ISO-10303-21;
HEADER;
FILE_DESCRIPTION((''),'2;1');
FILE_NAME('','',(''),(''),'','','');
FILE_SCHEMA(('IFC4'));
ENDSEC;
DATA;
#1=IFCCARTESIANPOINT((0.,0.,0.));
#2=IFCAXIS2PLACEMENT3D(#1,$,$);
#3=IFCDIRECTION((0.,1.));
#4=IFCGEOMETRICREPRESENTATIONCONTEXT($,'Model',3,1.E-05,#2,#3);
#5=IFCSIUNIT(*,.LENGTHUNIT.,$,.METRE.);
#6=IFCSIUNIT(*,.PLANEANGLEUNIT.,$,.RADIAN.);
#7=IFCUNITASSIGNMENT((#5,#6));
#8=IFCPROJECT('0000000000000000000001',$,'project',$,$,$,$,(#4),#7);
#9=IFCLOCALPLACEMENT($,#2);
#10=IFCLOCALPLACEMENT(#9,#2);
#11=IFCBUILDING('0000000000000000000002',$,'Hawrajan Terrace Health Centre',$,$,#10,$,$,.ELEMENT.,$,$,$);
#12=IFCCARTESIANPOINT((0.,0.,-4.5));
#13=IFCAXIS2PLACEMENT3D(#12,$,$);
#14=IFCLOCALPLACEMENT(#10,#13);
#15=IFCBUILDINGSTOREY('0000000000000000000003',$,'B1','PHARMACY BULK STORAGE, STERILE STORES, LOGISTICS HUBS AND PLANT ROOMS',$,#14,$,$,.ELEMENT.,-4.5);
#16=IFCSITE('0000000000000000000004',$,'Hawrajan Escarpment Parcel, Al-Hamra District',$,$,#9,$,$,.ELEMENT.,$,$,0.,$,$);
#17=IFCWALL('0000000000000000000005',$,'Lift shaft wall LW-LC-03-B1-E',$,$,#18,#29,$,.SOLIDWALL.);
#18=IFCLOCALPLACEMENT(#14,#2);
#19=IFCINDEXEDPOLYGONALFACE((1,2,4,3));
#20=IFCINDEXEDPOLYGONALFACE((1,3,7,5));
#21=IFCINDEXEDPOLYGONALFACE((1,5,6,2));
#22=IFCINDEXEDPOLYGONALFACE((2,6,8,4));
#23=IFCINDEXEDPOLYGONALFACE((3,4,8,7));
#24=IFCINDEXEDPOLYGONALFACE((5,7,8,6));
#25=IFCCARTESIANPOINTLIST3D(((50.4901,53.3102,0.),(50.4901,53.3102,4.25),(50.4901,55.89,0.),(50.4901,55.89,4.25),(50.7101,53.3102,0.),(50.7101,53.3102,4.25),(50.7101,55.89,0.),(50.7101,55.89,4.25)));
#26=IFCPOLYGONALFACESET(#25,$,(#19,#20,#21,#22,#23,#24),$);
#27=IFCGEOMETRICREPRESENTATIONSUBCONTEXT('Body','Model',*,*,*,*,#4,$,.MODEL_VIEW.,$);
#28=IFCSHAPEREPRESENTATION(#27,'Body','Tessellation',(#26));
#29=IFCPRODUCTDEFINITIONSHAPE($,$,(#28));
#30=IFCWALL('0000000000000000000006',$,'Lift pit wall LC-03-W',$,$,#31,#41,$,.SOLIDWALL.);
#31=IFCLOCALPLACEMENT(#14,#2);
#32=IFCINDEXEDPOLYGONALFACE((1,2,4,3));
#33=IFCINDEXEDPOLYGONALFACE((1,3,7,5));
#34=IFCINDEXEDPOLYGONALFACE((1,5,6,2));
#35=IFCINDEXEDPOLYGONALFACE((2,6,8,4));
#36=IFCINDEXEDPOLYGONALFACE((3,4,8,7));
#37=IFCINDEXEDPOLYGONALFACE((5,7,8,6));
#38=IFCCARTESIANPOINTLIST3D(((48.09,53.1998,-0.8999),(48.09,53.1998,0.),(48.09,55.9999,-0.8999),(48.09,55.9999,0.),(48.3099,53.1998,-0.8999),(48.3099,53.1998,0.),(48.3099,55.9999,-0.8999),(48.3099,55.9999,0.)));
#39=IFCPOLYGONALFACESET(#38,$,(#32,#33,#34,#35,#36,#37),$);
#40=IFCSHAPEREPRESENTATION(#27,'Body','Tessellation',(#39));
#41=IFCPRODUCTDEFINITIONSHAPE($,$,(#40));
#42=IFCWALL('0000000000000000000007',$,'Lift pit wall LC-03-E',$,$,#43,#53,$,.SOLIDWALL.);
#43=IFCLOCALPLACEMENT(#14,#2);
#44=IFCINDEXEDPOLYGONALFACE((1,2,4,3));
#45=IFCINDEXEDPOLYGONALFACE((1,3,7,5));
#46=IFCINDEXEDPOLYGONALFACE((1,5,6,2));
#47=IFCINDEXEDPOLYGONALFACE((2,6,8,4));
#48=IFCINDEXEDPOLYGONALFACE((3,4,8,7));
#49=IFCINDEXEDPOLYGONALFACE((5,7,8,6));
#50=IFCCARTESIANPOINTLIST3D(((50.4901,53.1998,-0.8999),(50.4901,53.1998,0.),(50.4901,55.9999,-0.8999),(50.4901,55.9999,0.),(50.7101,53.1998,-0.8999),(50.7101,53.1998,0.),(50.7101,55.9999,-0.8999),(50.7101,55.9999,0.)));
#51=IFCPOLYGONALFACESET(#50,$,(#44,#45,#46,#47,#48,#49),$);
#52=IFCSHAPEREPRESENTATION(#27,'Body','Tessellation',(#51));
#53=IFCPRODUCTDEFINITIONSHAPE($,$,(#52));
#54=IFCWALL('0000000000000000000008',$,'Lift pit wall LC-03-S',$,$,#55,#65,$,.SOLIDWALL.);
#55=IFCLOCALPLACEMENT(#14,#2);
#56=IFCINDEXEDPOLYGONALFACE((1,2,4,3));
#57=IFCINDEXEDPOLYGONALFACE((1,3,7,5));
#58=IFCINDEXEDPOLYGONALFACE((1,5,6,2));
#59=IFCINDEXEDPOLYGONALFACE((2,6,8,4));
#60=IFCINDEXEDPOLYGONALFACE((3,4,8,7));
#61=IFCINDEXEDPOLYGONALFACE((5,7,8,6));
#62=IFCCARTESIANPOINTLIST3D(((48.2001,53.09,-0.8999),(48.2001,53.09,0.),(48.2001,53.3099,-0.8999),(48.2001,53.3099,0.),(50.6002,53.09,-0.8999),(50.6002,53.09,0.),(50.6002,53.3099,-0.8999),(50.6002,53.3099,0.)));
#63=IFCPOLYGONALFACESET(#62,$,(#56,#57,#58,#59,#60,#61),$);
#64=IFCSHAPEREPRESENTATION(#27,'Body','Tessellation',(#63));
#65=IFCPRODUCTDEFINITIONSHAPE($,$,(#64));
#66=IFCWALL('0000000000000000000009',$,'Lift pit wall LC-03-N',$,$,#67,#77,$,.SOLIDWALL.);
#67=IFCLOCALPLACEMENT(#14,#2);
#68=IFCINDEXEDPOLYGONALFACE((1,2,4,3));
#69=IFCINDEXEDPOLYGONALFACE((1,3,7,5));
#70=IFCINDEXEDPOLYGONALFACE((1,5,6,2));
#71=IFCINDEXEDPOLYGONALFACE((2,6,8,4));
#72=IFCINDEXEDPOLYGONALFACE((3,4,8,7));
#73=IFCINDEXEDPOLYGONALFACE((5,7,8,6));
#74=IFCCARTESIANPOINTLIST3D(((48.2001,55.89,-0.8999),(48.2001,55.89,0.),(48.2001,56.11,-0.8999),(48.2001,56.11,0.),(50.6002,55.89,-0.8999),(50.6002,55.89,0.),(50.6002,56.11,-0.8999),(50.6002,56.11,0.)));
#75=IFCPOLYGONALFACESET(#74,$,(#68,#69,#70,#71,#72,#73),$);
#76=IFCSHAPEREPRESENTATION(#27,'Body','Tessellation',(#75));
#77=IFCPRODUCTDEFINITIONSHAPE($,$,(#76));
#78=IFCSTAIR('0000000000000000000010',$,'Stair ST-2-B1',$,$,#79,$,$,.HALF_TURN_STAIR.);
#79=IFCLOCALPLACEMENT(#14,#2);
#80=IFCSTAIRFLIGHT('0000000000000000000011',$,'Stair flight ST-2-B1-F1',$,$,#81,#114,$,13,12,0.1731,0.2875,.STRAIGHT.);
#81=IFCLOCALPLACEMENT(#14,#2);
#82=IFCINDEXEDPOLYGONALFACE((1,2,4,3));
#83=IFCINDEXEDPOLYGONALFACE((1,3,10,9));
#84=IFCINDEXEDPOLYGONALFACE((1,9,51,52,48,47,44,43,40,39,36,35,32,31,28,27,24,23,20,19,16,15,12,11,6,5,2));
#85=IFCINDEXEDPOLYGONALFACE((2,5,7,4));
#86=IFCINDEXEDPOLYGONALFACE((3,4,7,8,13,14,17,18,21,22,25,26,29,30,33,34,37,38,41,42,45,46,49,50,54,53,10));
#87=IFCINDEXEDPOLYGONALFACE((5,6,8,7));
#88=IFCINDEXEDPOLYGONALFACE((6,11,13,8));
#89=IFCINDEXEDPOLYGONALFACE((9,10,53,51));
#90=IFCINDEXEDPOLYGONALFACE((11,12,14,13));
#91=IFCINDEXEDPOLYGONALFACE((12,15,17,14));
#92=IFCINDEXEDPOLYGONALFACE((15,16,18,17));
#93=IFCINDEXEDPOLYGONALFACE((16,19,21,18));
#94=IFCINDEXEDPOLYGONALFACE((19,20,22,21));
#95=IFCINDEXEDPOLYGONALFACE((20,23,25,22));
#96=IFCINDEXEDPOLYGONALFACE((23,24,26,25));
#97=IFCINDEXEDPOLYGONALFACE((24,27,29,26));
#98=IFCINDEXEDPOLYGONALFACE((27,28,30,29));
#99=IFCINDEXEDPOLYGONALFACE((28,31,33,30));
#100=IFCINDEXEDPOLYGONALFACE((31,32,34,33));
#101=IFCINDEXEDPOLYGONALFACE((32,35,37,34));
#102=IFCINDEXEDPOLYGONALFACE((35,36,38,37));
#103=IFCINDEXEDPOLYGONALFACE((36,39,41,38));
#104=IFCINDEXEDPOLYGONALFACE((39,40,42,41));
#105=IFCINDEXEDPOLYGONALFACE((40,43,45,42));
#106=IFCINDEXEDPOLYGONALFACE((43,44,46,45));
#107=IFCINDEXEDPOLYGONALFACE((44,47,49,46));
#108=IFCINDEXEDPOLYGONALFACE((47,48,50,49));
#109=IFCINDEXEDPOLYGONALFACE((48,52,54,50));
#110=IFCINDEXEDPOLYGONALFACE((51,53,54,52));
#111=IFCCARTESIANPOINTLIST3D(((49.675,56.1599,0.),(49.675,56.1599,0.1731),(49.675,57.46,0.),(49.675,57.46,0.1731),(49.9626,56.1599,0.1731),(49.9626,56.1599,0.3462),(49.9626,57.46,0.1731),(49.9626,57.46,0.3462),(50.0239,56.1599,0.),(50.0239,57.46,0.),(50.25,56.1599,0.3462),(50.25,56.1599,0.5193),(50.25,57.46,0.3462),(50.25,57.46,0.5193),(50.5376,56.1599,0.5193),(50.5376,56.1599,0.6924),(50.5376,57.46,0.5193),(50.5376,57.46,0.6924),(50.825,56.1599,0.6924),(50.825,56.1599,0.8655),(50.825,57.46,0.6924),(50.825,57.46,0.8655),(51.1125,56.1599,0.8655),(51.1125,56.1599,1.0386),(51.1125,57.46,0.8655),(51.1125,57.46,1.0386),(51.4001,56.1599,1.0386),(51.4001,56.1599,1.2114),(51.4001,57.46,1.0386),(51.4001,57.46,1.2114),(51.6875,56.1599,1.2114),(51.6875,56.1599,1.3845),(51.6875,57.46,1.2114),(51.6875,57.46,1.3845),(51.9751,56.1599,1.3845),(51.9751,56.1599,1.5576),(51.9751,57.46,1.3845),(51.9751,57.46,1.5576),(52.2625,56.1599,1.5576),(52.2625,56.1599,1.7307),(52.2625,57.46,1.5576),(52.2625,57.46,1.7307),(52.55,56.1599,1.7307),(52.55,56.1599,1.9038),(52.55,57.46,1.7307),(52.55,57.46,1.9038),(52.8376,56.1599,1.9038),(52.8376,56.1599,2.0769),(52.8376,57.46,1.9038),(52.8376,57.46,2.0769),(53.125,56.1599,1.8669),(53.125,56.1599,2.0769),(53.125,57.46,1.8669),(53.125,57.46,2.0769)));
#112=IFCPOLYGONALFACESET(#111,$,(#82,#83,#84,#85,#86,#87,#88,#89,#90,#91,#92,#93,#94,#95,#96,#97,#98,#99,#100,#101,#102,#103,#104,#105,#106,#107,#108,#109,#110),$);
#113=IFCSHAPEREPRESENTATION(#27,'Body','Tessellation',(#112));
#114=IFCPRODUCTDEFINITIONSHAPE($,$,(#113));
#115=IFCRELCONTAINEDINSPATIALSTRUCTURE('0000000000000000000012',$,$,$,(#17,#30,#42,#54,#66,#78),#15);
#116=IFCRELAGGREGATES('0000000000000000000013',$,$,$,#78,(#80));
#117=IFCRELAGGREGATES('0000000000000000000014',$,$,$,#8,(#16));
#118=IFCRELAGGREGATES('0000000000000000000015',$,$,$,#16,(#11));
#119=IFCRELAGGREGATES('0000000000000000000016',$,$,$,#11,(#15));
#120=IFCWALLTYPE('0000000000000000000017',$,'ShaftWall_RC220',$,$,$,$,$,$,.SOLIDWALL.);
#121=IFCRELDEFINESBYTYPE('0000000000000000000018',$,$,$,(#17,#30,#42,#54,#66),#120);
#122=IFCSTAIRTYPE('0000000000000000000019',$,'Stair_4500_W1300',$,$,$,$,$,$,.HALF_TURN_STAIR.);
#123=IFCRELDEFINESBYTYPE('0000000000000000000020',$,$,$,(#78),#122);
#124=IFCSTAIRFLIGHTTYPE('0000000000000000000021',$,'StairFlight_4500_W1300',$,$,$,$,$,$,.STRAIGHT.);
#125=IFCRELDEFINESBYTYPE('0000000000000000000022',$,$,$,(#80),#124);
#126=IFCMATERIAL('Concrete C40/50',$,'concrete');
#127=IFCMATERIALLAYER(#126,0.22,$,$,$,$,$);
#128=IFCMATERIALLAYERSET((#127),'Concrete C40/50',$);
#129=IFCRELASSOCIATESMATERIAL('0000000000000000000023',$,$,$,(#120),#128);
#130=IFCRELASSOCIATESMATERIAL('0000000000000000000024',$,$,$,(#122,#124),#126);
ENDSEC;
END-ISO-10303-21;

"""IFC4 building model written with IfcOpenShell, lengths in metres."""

from ifc_helpers import new_model, si_unit, direction, frame, frame_2d, origin, place, context, subcontext, project, spatial, polyline, rectangle, outline, extrude, material, layer, layer_set, type_object, element, aggregate, save


model = new_model("IFC4")

# Units and contexts
model_context = context("Model", 3, precision=1e-05, world=origin(), true_north=direction((0.0, 1.0)))
body_context = subcontext(model_context, "Body", "Model", "MODEL_VIEW")
ifc_project = project(units=[si_unit("LENGTHUNIT", "METRE"), si_unit("PLANEANGLEUNIT", "RADIAN")], contexts=[model_context])

# Site, building, storey
site_placement = place(None, origin())
site = spatial("IfcSite", under=ifc_project, at=site_placement, Name="Hawrajan Escarpment Parcel, Al-Hamra District", CompositionType="ELEMENT", RefElevation=0.0)
building_placement = place(site_placement, origin())
building = spatial("IfcBuilding", under=site, at=building_placement, Name="Hawrajan Terrace Health Centre", CompositionType="ELEMENT")
storey_placement = place(building_placement, frame((0.0, 0.0, -4.5)))
storey = spatial("IfcBuildingStorey", under=building, at=storey_placement, Name="B1", Description="PHARMACY BULK STORAGE, STERILE STORES, LOGISTICS HUBS AND PLANT ROOMS", CompositionType="ELEMENT", Elevation=-4.5)

# Shared definitions
ifc_material_1 = material(Name="Concrete C40/50", Category="concrete")

# Shared definitions
ifc_layer_1 = layer(ifc_material_1, 0.22)
ifc_layer_set_1 = layer_set([ifc_layer_1], Name="Concrete C40/50")
wall_type_1 = type_object("IfcWallType", Name="ShaftWall_RC220", PredefinedType="SOLIDWALL", material=ifc_layer_set_1)

# Walls
wall_1_placement = place(storey_placement, frame((50.6001, 53.3101, 0.0), z_axis=(0.0, 0.0, 1.0), x_axis=(0.0, 1.0, 0.0)))
element("IfcWall", 1, at=wall_1_placement, inside=storey, type_object=wall_type_1, Name="Lift shaft wall LW-LC-03-B1-E", PredefinedType="SOLIDWALL", context=body_context, shape_type="SweptSolid", body=[
    extrude(rectangle(XDim=2.5798, YDim=0.22, at=frame_2d((1.29, 0.0))), origin(), (0.0, 0.0, 1.0), 4.25),
])
for number, where, z_axis, x_axis, name in (
    (2, (48.2, 53.2, -0.8999), (0.0, 0.0, 1.0), (0.0, 1.0, 0.0), "Lift pit wall LC-03-W"),
    (3, (50.6001, 53.2, -0.8999), (0.0, 0.0, 1.0), (0.0, 1.0, 0.0), "Lift pit wall LC-03-E"),
):
    element("IfcWall", number, at=place(storey_placement, frame(where, z_axis=z_axis, x_axis=x_axis)), inside=storey, type_object=wall_type_1, Name=name, PredefinedType="SOLIDWALL", context=body_context, shape_type="SweptSolid", body=[
        extrude(rectangle(XDim=2.8, YDim=0.22, at=frame_2d((1.3999, 0.0))), origin(), (0.0, 0.0, 1.0), 0.8999),
    ])
for number, where, z_axis, x_axis, name in (
    (4, (48.2, 53.2, -0.8999), (0.0, 0.0, 1.0), (1.0, 0.0, 0.0), "Lift pit wall LC-03-S"),
    (5, (48.2, 56.0, -0.8999), (0.0, 0.0, 1.0), (1.0, 0.0, 0.0), "Lift pit wall LC-03-N"),
):
    element("IfcWall", number, at=place(storey_placement, frame(where, z_axis=z_axis, x_axis=x_axis)), inside=storey, type_object=wall_type_1, Name=name, PredefinedType="SOLIDWALL", context=body_context, shape_type="SweptSolid", body=[
        extrude(rectangle(XDim=2.4001, YDim=0.22, at=frame_2d((1.2002, 0.0))), origin(), (0.0, 0.0, 1.0), 0.8999),
    ])

# Stair, stair flight
stair_type = type_object("IfcStairType", Name="Stair_4500_W1300", PredefinedType="HALF_TURN_STAIR", material=ifc_material_1)
stair_placement = place(storey_placement, origin())
stair = element("IfcStair", 6, at=stair_placement, inside=storey, type_object=stair_type, Name="Stair ST-2-B1", PredefinedType="HALF_TURN_STAIR")
stair_flight_type = type_object("IfcStairFlightType", Name="StairFlight_4500_W1300", PredefinedType="STRAIGHT", material=ifc_material_1)
stair_flight_placement = place(storey_placement, frame((49.675, 56.8101, 0.0), z_axis=(0.0, 0.0, 1.0), x_axis=(1.0, 0.0, 0.0)))
stair_flight = element("IfcStairFlight", 7, at=stair_flight_placement, type_object=stair_flight_type, Name="Stair flight ST-2-B1-F1", NumberOfRisers=13, NumberOfTreads=12, PredefinedType="STRAIGHT", RiserHeight=0.1731, TreadLength=0.2875, context=body_context, shape_type="SweptSolid", body=[
    extrude(outline(polyline([(0.0, 0.0), (0.0, 0.1731), (0.2876, 0.1731), (0.2876, 0.3462), (0.575, 0.3462), (0.575, 0.5193), (0.8625, 0.5193), (0.8625, 0.6924), (1.1499, 0.6924), (1.1499, 0.8655), (1.4375, 0.8655), (1.4375, 1.0386), (1.7251, 1.0386), (1.7251, 1.2114), (2.0125, 1.2114), (2.0125, 1.3845), (2.3, 1.3845), (2.3, 1.5576), (2.5874, 1.5576), (2.5874, 1.7307), (2.875, 1.7307), (2.875, 1.9038), (3.1626, 1.9038), (3.1626, 2.0769), (3.45, 2.0769), (3.45, 2.25), (3.45, 1.8669), (0.3489, 0.0), (0.0, 0.0)])), frame((0.0, 0.6499, 0.0), z_axis=(0.0, -1.0, 0.0), x_axis=(1.0, 0.0, 0.0)), (0.0, 0.0, 1.0), 1.3),
])
aggregate(stair, [stair_flight])

save(model, "model.ifc")
